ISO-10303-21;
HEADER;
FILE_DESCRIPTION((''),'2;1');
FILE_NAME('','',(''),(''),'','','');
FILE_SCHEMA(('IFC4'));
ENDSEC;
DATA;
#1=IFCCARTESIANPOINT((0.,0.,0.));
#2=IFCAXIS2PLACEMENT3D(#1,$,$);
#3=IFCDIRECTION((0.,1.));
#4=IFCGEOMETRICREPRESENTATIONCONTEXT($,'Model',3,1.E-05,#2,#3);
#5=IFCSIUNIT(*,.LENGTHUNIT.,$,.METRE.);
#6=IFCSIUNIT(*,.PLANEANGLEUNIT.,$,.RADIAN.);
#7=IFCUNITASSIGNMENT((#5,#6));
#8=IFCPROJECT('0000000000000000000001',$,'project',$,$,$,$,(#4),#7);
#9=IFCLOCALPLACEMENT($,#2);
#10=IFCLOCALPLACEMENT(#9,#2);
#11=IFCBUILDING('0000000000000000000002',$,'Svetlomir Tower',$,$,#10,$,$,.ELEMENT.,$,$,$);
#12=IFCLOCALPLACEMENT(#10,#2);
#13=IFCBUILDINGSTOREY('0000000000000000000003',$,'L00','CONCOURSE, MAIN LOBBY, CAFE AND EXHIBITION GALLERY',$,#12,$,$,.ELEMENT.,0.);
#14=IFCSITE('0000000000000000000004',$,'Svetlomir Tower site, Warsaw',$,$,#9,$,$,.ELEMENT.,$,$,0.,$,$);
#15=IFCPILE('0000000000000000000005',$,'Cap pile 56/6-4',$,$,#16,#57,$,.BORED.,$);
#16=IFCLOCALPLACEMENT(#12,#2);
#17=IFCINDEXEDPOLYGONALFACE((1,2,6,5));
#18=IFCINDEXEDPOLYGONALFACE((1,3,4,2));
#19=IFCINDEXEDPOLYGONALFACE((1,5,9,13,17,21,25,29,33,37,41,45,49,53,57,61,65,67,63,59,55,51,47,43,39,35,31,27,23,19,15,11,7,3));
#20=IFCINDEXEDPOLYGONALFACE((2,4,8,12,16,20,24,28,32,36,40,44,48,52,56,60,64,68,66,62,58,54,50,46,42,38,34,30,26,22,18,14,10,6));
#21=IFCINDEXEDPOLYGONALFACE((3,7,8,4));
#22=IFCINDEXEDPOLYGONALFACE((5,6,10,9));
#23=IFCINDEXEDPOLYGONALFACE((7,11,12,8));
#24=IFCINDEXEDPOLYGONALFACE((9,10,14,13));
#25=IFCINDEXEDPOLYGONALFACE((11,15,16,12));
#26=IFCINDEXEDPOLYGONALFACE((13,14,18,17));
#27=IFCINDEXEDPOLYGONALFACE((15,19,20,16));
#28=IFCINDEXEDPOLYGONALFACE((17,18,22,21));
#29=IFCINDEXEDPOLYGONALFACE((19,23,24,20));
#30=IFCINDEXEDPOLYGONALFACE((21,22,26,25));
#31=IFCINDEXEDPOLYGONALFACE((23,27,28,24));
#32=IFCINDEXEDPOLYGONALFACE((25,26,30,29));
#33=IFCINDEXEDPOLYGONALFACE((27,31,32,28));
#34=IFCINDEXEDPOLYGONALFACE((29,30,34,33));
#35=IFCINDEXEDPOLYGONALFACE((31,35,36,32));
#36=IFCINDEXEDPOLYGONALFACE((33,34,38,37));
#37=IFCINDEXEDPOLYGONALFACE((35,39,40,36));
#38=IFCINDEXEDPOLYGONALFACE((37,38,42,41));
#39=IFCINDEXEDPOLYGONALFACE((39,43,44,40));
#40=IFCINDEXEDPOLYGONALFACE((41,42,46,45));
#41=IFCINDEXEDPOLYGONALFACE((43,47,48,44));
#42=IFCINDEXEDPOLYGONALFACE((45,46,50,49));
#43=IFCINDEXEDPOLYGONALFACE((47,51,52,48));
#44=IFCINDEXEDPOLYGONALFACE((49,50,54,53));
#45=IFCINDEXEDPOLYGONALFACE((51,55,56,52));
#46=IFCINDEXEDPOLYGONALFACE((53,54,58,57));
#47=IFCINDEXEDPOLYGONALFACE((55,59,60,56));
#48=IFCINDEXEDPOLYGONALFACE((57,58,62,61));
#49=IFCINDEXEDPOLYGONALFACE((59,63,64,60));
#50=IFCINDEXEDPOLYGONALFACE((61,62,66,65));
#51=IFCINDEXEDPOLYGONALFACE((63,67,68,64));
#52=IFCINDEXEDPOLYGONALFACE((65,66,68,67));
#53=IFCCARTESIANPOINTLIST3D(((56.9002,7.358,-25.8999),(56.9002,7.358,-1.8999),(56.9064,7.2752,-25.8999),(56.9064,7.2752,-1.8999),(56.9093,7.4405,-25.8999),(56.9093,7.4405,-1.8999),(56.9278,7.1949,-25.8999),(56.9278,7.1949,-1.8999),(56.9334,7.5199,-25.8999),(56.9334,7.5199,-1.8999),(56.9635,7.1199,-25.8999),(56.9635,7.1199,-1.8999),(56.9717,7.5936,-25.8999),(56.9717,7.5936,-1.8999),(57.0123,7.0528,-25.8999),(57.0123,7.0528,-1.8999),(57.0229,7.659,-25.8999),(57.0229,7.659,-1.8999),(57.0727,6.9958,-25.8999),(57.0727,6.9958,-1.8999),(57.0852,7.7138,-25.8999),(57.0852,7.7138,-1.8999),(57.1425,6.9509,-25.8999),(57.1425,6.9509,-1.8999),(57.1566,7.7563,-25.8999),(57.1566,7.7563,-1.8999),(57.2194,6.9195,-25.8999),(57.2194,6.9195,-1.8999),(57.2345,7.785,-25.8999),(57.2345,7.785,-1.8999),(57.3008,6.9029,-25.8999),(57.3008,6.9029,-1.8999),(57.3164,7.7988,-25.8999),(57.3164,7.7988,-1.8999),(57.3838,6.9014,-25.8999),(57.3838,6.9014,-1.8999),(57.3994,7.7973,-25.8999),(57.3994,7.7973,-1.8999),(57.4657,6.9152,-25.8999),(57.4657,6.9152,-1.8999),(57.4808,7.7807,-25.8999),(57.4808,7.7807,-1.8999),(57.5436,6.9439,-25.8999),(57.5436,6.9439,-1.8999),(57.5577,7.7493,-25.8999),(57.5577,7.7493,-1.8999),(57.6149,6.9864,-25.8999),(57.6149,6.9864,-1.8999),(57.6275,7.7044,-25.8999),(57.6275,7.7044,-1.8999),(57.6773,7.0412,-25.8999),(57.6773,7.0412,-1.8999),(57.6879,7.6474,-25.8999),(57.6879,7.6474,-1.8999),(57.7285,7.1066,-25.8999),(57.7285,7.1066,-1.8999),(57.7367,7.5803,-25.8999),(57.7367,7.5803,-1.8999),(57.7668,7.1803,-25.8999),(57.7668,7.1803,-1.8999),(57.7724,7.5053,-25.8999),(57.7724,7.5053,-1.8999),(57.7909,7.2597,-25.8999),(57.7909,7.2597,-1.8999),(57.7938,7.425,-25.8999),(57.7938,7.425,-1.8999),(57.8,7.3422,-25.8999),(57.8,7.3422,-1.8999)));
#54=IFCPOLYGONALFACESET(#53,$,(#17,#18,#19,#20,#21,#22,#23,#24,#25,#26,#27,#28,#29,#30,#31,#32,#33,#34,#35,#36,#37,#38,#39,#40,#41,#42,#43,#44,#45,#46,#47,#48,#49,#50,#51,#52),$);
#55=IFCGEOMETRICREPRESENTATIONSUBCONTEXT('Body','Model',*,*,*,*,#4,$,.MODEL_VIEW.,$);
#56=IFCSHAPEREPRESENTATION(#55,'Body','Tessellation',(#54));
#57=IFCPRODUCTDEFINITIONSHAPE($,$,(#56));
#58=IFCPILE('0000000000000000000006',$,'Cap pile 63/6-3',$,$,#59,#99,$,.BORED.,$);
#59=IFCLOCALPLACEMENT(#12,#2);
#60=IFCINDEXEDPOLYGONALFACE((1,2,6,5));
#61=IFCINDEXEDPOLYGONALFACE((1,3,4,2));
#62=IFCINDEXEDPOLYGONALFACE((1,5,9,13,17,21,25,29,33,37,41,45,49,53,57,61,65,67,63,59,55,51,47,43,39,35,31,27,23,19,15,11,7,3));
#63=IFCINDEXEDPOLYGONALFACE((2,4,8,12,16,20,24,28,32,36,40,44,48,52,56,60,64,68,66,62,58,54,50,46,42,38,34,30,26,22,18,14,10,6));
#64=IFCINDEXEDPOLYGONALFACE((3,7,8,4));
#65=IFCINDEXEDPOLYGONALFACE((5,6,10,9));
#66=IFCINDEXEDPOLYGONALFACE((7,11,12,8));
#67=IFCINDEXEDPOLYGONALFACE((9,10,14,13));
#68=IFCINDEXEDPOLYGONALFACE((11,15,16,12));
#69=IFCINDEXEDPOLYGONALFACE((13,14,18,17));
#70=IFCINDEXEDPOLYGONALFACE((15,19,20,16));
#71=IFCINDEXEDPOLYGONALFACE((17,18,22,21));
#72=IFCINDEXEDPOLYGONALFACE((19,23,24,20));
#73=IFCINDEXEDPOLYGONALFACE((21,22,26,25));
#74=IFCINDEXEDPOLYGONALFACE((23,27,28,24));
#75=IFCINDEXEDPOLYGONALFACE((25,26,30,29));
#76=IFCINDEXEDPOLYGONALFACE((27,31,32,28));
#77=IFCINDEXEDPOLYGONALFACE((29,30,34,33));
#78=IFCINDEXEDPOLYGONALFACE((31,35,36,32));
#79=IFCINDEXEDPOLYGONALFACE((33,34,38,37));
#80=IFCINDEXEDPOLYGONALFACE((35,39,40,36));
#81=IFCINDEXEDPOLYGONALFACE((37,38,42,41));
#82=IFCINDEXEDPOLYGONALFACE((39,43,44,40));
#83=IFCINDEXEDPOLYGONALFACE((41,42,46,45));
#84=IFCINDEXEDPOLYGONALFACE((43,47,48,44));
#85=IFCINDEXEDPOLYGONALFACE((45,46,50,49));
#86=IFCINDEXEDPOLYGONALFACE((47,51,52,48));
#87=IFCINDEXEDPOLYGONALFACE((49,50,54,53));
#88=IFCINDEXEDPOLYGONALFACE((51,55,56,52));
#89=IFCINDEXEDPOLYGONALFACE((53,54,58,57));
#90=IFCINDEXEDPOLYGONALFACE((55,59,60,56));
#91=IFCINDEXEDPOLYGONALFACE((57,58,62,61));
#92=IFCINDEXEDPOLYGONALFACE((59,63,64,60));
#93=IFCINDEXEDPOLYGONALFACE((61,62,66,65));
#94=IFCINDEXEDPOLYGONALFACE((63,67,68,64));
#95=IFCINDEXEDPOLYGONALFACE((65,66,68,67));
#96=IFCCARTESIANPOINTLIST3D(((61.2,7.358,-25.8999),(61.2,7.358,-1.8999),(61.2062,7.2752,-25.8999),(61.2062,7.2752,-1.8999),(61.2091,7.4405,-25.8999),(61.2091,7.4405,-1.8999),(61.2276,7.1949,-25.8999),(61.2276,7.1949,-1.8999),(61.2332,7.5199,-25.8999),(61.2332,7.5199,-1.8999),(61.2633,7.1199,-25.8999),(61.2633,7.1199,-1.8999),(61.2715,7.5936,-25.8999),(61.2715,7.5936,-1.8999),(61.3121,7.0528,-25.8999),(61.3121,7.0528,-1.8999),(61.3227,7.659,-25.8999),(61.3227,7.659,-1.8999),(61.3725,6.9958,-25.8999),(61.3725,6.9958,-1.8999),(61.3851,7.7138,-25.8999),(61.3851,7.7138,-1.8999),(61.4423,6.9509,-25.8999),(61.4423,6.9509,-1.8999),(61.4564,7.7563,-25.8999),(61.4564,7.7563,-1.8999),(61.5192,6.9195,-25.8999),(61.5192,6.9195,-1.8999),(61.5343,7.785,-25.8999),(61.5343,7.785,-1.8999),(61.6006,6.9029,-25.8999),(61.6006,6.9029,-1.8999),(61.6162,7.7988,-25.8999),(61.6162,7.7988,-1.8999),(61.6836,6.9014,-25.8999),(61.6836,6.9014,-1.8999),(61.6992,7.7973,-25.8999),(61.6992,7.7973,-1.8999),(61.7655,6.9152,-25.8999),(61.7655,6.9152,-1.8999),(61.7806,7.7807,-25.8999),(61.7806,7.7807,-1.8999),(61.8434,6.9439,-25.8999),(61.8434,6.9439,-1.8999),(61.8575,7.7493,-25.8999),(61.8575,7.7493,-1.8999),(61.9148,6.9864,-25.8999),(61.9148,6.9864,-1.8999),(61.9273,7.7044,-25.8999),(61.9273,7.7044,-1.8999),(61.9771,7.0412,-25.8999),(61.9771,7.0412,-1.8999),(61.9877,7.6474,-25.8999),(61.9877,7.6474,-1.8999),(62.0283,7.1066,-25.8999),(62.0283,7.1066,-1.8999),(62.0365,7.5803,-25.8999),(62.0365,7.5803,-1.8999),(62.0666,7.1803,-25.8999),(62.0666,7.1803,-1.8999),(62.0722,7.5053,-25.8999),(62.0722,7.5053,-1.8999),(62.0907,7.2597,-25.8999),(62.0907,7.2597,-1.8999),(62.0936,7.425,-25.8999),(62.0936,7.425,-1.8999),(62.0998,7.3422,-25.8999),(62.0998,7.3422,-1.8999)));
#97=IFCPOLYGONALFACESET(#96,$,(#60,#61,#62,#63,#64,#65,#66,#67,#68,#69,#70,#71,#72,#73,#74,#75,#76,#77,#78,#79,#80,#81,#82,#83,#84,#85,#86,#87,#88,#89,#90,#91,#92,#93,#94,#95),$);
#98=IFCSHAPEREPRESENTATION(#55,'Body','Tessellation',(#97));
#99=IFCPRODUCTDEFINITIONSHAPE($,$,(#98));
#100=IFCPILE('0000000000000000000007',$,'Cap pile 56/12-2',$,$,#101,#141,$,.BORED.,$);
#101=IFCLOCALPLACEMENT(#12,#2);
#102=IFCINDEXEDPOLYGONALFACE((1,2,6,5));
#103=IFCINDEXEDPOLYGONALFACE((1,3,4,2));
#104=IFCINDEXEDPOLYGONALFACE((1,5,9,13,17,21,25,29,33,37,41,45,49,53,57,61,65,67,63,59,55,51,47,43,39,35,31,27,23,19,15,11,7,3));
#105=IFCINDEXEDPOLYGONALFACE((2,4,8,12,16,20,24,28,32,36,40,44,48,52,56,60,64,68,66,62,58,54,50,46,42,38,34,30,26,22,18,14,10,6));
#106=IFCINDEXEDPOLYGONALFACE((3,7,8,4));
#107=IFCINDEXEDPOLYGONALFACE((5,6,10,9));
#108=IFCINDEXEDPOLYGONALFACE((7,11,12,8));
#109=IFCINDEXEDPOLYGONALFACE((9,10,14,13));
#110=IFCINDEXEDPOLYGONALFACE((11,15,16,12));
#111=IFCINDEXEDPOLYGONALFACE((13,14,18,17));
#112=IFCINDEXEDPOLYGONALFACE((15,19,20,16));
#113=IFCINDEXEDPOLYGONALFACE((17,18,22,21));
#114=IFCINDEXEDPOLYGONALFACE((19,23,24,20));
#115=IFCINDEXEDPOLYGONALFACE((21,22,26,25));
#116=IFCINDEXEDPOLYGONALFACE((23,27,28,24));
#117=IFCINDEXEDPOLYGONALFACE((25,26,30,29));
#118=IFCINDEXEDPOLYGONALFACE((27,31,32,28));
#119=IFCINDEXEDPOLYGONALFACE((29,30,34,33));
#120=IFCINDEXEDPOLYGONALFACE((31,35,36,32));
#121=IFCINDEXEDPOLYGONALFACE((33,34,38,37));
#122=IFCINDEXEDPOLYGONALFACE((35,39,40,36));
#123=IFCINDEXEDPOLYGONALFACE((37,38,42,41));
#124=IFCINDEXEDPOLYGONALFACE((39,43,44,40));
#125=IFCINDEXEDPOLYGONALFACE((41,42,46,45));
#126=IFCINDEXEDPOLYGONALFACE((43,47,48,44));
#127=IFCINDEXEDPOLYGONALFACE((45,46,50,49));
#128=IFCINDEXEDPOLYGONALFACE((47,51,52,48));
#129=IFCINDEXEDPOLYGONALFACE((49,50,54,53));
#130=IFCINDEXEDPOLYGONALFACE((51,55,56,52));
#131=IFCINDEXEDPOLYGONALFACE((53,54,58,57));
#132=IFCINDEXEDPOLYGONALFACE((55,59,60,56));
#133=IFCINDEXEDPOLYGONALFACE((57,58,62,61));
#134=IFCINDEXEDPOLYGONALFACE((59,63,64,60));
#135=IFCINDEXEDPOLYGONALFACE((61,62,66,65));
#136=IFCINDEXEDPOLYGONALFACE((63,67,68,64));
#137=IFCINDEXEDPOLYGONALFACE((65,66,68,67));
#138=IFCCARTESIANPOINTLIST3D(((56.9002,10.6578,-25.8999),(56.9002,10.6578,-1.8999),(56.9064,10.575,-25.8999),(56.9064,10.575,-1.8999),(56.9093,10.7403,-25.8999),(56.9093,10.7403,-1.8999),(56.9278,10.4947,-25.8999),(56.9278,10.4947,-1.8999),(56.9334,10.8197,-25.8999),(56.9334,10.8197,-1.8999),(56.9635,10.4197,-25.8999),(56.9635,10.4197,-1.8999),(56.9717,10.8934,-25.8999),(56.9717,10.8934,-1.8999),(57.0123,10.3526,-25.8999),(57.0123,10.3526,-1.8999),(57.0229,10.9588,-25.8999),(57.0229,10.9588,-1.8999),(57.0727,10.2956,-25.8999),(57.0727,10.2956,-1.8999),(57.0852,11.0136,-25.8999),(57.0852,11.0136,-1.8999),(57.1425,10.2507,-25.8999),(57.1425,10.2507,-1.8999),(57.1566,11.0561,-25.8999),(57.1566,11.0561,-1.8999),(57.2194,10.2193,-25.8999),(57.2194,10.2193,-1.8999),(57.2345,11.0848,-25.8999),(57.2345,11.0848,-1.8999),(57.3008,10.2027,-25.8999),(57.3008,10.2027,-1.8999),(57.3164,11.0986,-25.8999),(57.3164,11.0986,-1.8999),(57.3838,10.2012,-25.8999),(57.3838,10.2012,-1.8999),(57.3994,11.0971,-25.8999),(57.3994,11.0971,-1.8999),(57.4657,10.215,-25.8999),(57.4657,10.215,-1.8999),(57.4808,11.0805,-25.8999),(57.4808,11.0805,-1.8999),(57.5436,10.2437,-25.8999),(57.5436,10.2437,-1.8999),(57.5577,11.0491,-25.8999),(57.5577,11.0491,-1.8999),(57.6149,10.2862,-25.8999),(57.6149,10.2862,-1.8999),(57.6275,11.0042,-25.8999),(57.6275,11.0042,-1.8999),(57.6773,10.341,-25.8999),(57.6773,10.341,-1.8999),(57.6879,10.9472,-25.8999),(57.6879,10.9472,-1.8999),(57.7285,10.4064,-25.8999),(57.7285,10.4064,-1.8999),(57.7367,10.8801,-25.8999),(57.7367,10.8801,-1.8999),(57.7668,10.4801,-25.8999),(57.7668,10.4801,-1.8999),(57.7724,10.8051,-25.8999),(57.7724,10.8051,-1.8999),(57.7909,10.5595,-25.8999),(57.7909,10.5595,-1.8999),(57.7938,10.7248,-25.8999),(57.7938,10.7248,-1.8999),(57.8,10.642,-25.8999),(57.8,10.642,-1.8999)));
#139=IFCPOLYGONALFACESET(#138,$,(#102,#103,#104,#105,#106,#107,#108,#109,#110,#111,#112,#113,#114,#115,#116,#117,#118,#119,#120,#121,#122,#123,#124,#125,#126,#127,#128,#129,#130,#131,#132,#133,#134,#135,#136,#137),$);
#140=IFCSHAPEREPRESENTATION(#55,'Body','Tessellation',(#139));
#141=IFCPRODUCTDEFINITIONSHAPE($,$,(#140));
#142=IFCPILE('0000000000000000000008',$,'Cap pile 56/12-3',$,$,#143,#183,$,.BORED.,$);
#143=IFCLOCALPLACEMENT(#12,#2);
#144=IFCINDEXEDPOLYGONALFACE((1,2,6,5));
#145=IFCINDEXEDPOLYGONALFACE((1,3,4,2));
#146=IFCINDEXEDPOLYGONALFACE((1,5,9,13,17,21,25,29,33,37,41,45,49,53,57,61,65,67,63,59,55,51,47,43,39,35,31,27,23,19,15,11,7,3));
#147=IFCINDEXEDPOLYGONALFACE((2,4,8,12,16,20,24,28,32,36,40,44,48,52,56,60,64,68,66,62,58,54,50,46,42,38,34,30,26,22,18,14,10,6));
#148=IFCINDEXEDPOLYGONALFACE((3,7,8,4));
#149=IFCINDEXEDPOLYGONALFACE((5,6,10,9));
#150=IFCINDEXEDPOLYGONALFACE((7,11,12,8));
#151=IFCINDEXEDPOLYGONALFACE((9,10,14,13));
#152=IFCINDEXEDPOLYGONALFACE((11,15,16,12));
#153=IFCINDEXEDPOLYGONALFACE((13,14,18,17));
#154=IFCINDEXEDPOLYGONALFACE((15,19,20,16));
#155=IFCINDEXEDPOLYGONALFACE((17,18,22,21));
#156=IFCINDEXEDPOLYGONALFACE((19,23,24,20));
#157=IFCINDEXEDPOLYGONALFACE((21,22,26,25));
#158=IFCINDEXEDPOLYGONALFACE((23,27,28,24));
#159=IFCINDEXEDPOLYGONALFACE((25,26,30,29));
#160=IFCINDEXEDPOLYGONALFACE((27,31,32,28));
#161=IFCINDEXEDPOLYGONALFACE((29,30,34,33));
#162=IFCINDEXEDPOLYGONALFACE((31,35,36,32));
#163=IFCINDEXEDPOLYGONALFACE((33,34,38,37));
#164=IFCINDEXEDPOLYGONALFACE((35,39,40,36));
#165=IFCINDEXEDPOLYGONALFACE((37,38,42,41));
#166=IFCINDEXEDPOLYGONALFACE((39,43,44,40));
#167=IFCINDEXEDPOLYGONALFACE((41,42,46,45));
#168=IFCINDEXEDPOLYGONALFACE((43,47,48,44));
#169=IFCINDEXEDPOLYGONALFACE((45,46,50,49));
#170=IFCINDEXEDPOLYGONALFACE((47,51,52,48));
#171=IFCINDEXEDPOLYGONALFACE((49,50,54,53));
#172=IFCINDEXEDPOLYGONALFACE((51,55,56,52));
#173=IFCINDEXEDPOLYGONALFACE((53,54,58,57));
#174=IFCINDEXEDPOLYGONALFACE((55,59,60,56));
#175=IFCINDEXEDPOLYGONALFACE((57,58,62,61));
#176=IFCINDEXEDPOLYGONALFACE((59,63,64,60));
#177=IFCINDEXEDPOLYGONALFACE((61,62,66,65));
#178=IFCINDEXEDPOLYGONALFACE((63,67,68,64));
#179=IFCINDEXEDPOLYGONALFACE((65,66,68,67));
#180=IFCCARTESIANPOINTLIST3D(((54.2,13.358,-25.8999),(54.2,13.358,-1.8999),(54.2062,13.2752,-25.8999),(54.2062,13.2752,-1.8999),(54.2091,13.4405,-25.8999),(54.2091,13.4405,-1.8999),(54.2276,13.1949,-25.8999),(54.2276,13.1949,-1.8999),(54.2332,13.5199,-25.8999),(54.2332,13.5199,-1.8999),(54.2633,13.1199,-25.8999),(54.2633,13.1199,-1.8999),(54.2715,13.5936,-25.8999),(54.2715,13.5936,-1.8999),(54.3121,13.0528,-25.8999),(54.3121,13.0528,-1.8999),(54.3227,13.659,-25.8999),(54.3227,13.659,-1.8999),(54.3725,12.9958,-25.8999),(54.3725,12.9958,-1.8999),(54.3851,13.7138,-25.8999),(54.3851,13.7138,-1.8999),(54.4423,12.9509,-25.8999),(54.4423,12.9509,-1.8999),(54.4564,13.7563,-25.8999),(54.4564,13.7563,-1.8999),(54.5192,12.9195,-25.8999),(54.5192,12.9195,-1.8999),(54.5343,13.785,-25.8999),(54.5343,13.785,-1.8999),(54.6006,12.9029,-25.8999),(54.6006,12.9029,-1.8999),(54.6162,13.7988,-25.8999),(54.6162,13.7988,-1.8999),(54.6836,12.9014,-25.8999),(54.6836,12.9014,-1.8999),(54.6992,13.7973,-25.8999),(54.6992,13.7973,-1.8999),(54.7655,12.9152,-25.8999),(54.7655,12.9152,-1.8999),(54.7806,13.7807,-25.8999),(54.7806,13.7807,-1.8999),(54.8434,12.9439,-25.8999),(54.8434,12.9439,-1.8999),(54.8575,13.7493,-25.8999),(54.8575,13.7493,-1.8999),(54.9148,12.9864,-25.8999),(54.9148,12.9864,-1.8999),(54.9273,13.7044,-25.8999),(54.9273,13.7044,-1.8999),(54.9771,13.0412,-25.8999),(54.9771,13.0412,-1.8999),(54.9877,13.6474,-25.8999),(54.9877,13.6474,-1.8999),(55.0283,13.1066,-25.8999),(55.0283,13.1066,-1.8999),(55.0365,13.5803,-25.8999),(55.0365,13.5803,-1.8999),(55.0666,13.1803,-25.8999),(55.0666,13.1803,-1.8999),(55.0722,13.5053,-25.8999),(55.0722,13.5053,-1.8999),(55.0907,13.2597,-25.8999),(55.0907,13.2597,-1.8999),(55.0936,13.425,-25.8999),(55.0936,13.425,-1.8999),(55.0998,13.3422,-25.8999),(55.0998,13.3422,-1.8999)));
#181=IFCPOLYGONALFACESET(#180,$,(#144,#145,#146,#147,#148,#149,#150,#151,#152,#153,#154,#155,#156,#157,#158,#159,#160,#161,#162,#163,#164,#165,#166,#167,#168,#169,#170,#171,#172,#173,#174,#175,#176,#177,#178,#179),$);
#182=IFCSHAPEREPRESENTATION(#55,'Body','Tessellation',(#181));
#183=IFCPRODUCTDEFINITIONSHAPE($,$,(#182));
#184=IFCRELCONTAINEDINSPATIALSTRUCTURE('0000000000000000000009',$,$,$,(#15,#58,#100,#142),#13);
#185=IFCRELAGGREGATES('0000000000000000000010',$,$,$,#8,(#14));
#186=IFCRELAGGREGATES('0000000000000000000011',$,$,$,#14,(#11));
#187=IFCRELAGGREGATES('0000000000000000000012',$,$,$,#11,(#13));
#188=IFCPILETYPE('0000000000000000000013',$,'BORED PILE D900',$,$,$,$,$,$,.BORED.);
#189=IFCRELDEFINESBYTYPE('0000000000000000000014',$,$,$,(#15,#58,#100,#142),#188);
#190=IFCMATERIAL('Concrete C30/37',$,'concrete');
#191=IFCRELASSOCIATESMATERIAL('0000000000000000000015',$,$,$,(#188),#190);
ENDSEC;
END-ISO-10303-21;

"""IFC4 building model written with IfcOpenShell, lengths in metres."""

from ifc_helpers import new_model, si_unit, direction, frame, frame_2d, origin, origin_2d, place, context, subcontext, project, spatial, circle, extrude, material, material_profile, profile_set, type_object, element, save


model = new_model("IFC4")

# Units and contexts
model_context = context("Model", 3, precision=1e-05, world=origin(), true_north=direction((0.0, 1.0)))
body_context = subcontext(model_context, "Body", "Model", "MODEL_VIEW")
ifc_project = project(units=[si_unit("LENGTHUNIT", "METRE"), si_unit("PLANEANGLEUNIT", "RADIAN")], contexts=[model_context])

# Site, building, storey
site_placement = place(None, origin())
site = spatial("IfcSite", under=ifc_project, at=site_placement, Name="Svetlomir Tower site, Warsaw", CompositionType="ELEMENT", RefElevation=0.0)
building_placement = place(site_placement, origin())
building = spatial("IfcBuilding", under=site, at=building_placement, Name="Svetlomir Tower", CompositionType="ELEMENT")
storey_placement = place(building_placement, origin())
storey = spatial("IfcBuildingStorey", under=building, at=storey_placement, Name="L00", Description="CONCOURSE, MAIN LOBBY, CAFE AND EXHIBITION GALLERY", CompositionType="ELEMENT", Elevation=0.0)

# Piles
ifc_material_1 = material(Name="Concrete C30/37", Category="concrete")
ifc_material_profile_1 = material_profile(ifc_material_1, circle(Radius=0.45, at=origin_2d()), Name="RC D900")
ifc_profile_set_1 = profile_set([ifc_material_profile_1], Name="Concrete C30/37")
pile_type = type_object("IfcPileType", Name="BORED PILE D900", PredefinedType="BORED", material=ifc_profile_set_1)
for number, where, z_axis, x_axis, name in (
    (1, (57.3501, 7.3501, -1.8999), (0.0, 0.0, -1.0), (1.0, 0.0, 0.0), "Cap pile 56/6-4"),
    (2, (61.6499, 7.3501, -1.8999), (0.0, 0.0, -1.0), (1.0, 0.0, 0.0), "Cap pile 63/6-3"),
    (3, (57.3501, 10.6499, -1.8999), (0.0, 0.0, -1.0), (1.0, 0.0, 0.0), "Cap pile 56/12-2"),
    (4, (54.6499, 13.3501, -1.8999), (0.0, 0.0, -1.0), (1.0, 0.0, 0.0), "Cap pile 56/12-3"),
):
    element("IfcPile", number, at=place(storey_placement, frame(where, z_axis=z_axis, x_axis=x_axis)), inside=storey, type_object=pile_type, Name=name, PredefinedType="BORED", context=body_context, shape_type="SweptSolid", body=[
        extrude(circle(Radius=0.45, at=frame_2d((0.0, 0.0), x_axis=(0.999848, 0.017452))), origin(), (0.0, 0.0, 1.0), 24.0),
    ])

save(model, "model.ifc")
